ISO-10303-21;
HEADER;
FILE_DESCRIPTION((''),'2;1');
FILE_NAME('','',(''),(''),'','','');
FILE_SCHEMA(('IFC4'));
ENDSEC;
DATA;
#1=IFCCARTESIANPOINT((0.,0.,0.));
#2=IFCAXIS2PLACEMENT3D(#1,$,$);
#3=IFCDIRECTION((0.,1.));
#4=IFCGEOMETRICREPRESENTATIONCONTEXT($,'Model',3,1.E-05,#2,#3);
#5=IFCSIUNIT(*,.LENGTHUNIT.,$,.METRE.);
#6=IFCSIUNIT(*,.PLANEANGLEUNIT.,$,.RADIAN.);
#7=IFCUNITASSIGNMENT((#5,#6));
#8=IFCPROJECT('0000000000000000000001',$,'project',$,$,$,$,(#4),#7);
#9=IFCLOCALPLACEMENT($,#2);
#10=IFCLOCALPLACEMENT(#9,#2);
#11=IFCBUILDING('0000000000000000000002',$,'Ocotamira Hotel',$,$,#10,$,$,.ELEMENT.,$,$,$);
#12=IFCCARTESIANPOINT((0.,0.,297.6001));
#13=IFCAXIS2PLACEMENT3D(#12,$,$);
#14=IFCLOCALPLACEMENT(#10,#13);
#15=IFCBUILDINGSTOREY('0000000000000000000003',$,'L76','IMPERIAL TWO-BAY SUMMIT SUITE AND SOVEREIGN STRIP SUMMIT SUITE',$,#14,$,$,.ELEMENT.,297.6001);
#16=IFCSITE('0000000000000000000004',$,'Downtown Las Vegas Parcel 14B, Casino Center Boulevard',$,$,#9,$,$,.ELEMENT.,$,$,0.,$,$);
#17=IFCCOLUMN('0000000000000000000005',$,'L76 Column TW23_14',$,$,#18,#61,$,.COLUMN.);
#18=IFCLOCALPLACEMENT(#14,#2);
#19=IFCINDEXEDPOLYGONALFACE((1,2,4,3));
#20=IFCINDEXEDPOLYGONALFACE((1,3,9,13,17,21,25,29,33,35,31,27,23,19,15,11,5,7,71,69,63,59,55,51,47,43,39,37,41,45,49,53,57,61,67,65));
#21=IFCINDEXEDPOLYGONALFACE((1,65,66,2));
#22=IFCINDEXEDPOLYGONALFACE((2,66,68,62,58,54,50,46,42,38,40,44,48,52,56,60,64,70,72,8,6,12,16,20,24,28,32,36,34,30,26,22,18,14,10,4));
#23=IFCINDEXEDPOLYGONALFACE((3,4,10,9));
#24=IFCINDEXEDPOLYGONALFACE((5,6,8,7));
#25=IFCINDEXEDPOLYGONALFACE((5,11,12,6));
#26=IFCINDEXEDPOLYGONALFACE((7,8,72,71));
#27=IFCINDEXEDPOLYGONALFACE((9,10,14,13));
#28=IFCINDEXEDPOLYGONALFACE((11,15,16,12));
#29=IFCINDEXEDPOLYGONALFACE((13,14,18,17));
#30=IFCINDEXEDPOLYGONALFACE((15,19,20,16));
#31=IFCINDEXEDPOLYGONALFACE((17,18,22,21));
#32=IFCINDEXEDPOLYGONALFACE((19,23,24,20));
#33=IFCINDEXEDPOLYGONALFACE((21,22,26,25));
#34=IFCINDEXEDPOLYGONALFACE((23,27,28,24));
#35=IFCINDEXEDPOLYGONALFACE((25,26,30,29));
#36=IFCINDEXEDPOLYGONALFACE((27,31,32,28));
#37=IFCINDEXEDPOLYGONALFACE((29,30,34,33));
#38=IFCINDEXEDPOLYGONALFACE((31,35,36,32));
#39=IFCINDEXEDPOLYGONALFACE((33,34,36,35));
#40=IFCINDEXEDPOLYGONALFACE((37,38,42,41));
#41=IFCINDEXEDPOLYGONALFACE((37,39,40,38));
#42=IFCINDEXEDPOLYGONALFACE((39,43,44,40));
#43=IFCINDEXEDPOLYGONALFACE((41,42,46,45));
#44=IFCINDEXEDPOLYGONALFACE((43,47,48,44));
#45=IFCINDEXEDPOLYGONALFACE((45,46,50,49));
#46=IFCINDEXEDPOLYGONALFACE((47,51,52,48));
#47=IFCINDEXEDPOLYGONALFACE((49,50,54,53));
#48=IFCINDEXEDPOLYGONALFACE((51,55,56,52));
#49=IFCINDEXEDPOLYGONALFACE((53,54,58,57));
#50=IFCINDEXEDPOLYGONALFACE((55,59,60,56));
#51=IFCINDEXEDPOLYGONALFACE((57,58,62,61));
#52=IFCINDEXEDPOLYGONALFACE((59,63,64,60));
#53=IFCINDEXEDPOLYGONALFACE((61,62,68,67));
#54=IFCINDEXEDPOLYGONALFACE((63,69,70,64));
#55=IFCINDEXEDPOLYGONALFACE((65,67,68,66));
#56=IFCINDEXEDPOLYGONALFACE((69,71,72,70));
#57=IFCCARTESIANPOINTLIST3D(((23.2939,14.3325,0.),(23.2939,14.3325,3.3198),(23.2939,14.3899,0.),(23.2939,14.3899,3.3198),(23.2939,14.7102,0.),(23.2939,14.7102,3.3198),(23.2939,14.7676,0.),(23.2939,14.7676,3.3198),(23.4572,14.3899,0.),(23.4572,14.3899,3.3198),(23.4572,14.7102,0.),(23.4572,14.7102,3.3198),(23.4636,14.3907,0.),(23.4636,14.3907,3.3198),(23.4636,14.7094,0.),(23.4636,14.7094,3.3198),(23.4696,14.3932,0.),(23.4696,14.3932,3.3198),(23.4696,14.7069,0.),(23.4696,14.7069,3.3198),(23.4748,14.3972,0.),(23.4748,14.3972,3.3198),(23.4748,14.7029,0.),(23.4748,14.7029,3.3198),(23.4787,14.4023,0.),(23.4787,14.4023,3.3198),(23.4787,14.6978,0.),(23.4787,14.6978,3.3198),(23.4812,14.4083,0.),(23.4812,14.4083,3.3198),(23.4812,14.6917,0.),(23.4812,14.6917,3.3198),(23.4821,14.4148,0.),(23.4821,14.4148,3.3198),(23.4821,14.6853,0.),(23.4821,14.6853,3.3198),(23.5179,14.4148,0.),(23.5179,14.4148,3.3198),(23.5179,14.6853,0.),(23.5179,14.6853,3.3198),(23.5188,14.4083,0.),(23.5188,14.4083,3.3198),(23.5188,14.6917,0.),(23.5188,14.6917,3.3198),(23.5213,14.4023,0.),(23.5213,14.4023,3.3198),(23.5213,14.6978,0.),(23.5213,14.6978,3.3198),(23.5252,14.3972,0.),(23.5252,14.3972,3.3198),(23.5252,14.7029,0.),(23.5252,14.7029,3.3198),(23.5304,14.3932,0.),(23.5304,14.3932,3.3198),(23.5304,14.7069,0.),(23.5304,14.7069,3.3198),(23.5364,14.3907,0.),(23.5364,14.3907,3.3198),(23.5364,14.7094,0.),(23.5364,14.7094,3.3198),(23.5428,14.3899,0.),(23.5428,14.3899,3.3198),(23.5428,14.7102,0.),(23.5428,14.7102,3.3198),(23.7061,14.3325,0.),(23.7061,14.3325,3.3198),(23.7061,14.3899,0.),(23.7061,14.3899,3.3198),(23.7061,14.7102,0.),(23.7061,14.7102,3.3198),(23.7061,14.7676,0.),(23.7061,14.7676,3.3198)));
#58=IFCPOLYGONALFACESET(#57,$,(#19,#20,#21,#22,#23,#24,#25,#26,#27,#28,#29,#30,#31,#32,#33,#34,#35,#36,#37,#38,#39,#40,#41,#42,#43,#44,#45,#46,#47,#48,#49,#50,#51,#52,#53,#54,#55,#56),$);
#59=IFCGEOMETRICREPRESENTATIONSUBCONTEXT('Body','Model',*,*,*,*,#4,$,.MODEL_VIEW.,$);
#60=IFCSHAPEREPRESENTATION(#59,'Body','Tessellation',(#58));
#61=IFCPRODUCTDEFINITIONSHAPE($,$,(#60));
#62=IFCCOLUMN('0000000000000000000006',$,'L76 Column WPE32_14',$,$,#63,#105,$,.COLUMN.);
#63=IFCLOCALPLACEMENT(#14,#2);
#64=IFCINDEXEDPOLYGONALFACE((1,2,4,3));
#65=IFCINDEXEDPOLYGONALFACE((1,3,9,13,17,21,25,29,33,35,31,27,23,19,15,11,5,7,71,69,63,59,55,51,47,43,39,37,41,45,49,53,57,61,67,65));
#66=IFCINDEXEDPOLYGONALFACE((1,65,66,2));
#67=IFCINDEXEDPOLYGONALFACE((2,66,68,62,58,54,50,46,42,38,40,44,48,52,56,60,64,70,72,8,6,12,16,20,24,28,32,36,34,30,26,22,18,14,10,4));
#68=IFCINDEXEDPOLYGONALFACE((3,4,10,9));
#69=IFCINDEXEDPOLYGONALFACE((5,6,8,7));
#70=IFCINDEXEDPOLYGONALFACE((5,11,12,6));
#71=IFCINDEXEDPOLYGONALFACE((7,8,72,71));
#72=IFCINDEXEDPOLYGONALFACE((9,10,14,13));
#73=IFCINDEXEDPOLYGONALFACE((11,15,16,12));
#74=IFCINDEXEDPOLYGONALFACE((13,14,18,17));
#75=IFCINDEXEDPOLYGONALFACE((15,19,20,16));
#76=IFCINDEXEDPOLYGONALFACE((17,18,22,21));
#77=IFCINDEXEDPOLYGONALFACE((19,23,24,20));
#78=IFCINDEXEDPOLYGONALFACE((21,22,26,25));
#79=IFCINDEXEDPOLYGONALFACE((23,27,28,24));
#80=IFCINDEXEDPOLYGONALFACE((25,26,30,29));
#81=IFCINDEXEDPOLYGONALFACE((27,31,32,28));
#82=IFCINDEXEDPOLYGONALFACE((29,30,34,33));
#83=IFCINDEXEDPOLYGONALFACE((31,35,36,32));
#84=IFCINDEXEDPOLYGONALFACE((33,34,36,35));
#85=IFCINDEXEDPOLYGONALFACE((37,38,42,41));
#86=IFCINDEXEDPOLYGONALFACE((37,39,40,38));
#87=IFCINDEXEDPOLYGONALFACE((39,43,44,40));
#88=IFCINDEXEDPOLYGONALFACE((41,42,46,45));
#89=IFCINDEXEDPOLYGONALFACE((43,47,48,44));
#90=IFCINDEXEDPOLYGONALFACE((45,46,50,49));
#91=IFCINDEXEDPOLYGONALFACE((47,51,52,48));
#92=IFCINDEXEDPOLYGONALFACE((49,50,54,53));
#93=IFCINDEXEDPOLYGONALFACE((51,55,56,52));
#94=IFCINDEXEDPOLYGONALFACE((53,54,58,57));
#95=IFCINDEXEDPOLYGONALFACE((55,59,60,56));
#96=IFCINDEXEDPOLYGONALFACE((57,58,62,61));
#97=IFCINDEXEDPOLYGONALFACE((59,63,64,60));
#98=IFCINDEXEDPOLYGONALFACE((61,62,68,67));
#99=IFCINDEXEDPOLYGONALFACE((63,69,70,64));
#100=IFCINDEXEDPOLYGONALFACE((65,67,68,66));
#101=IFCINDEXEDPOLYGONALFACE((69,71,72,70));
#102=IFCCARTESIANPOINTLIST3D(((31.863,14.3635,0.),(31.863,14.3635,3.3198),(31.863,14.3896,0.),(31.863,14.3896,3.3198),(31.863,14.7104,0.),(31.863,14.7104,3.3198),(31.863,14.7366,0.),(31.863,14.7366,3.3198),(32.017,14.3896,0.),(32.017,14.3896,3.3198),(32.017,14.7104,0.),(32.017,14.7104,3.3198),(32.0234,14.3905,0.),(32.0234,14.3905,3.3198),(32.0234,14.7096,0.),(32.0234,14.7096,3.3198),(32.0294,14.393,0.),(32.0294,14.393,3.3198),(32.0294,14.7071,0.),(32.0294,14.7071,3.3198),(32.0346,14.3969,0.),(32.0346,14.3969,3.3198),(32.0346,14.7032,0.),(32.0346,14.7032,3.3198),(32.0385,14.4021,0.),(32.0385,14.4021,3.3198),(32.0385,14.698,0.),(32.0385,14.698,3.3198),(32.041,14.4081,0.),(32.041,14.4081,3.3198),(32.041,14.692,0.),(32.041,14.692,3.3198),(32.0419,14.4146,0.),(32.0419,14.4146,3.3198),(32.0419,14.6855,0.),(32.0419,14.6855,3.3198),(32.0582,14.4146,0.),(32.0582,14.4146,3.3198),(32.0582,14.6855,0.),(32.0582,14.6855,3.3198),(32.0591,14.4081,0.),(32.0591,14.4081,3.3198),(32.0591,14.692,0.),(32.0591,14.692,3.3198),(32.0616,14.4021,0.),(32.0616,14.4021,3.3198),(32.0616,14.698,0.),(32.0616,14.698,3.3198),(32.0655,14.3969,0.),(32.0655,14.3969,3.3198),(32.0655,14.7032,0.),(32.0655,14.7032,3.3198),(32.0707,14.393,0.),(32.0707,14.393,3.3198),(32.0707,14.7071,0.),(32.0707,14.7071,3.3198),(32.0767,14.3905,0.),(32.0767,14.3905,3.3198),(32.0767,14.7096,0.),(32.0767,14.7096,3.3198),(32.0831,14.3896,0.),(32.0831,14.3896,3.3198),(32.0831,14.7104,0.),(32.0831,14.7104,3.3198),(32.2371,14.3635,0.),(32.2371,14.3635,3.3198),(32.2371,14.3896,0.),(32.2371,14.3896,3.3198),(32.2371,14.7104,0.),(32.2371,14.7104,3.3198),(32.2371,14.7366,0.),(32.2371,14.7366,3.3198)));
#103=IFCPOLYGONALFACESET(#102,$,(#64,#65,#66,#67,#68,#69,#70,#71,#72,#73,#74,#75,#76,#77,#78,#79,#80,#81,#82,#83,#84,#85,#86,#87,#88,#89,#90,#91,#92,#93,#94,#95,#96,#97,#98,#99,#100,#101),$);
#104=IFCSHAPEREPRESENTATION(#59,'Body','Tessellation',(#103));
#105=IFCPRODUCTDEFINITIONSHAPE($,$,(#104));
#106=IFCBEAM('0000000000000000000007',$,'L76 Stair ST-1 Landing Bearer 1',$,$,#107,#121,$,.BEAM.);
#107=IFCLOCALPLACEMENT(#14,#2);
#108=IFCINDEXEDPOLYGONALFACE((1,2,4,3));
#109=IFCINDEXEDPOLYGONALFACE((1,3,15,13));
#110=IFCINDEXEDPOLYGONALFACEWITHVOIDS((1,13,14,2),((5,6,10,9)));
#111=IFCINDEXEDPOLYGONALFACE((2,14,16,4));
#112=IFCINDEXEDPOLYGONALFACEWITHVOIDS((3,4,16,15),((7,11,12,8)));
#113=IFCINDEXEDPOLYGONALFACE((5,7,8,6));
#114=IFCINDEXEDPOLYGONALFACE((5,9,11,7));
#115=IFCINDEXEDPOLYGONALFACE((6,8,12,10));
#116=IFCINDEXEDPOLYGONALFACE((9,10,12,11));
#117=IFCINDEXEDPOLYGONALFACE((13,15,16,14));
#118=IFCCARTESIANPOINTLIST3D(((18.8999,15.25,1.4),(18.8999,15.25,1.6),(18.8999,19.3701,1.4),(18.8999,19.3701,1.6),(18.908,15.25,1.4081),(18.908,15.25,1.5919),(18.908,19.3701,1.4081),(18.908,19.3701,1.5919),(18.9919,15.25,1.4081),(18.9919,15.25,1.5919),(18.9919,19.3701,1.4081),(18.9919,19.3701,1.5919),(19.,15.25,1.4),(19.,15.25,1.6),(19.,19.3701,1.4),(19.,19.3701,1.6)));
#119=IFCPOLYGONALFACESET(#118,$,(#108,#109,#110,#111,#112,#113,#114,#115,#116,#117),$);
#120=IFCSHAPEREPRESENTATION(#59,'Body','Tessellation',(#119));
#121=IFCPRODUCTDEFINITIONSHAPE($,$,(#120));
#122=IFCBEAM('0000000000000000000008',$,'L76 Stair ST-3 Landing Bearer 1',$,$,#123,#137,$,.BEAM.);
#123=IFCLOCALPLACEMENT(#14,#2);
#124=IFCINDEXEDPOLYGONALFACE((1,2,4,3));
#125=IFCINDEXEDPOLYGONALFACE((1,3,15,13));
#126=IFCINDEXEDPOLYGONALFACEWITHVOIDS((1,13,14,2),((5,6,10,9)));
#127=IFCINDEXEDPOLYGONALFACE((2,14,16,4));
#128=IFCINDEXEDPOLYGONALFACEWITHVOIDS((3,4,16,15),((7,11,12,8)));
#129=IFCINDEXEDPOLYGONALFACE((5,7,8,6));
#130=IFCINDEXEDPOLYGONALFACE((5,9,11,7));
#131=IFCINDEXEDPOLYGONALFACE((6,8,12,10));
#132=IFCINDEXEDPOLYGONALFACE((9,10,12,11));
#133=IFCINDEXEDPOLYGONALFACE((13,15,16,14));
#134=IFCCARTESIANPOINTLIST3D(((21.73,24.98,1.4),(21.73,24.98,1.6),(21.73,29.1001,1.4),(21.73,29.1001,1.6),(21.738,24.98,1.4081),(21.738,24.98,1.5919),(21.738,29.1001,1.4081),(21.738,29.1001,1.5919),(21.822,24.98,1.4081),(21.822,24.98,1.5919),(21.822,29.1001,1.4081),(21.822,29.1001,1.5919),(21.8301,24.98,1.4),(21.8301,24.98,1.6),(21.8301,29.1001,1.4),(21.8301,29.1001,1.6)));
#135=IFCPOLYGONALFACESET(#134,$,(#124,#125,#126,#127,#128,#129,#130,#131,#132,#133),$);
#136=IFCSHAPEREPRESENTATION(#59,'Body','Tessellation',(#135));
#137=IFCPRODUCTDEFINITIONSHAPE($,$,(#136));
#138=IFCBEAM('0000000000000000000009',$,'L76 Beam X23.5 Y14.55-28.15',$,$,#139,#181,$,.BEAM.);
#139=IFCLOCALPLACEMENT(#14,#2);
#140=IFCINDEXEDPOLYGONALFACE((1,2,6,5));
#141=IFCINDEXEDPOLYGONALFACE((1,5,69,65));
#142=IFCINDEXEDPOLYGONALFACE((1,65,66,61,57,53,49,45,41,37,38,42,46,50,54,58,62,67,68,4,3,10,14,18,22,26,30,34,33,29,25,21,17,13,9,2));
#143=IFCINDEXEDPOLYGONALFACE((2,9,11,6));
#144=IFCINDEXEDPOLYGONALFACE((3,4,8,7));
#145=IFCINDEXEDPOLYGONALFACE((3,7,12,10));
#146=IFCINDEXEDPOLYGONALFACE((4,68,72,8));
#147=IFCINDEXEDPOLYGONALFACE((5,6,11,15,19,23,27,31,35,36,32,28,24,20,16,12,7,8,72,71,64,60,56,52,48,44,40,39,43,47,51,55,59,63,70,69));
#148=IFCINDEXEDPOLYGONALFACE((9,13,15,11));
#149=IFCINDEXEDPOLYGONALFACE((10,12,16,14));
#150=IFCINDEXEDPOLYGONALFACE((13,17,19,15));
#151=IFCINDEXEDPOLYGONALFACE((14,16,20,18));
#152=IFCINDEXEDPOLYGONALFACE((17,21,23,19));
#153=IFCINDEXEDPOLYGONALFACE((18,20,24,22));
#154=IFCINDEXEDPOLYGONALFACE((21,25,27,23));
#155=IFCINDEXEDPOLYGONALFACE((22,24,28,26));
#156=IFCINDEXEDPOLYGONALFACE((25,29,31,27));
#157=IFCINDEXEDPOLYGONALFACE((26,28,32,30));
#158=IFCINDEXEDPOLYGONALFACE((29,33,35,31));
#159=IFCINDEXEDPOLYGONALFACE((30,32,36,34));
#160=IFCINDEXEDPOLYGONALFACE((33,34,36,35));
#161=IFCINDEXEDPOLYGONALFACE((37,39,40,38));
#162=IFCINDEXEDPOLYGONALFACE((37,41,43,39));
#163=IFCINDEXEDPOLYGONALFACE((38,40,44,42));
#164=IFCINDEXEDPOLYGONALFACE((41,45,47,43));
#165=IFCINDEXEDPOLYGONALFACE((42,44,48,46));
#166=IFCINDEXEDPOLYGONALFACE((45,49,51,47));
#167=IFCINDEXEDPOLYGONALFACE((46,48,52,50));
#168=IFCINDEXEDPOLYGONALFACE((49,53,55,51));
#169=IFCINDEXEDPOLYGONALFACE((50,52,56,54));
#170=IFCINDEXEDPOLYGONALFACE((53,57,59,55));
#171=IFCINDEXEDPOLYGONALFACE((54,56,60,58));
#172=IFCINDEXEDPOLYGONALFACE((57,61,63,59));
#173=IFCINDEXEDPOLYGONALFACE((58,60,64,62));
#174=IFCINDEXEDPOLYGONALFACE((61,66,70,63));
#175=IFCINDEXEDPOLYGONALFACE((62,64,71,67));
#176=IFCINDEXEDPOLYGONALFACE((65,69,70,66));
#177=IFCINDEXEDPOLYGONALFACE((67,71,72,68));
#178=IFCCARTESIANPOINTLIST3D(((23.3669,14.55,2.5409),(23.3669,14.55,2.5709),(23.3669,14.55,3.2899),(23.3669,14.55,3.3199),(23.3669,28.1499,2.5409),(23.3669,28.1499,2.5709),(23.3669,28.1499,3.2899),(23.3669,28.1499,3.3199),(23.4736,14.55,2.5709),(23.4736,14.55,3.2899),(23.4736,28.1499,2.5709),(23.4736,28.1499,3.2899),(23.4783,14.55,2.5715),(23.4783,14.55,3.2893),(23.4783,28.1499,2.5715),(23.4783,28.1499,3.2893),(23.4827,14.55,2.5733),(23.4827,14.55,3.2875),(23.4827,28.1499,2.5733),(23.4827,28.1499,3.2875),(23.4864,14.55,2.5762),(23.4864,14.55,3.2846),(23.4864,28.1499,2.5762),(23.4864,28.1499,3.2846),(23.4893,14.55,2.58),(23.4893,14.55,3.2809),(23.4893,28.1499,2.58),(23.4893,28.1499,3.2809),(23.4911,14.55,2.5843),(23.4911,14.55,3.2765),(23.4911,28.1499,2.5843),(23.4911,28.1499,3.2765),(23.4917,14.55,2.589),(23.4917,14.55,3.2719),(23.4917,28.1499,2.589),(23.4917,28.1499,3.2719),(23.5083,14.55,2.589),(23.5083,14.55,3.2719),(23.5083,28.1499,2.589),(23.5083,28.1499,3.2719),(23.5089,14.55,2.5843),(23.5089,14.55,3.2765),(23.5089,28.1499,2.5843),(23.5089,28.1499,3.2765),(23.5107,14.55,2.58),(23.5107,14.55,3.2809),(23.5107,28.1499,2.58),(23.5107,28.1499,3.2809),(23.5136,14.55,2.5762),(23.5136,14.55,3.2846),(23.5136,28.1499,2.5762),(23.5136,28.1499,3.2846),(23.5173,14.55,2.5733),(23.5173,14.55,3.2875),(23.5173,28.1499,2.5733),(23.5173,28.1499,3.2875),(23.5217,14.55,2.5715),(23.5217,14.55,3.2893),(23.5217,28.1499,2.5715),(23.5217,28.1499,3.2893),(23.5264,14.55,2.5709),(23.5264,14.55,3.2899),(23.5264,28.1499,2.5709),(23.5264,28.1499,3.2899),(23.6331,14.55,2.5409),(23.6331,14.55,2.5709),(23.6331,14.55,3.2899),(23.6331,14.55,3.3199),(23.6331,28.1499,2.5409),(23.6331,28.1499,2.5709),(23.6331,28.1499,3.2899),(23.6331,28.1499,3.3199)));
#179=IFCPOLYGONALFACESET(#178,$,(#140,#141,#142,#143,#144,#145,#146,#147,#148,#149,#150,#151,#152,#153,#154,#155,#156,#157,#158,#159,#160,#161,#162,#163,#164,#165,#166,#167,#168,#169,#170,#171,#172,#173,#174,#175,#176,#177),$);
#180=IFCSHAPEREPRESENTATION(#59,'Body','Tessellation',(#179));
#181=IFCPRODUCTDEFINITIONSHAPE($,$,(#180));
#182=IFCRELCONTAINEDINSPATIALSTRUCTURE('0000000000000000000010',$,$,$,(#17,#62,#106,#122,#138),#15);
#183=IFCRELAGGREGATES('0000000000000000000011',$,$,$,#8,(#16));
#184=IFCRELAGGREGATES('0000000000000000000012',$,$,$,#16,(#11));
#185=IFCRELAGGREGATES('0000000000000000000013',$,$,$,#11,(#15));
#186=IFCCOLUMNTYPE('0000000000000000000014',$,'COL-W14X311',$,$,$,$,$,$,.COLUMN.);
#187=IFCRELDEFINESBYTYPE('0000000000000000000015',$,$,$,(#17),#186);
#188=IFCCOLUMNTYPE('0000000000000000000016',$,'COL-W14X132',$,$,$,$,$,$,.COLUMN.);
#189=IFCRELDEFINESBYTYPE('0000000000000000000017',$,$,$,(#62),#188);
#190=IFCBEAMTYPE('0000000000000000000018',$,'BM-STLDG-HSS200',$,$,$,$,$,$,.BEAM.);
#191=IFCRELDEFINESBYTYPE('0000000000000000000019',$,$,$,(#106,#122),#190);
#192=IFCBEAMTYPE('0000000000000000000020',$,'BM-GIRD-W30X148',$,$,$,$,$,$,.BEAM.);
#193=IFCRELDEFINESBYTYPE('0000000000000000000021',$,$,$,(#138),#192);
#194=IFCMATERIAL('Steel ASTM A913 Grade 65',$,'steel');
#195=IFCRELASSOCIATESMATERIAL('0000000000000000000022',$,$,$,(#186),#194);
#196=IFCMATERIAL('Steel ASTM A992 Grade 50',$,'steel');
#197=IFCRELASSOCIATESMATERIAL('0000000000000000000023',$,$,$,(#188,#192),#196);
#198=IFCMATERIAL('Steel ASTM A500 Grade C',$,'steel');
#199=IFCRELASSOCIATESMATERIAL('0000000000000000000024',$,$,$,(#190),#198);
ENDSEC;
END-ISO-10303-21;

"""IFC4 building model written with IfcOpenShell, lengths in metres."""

from ifc_helpers import new_model, si_unit, direction, frame, origin, origin_2d, place, context, subcontext, project, spatial, hollow_rectangle, i_section, extrude, source, transform, mapped, material, material_profile, profile_set, type_object, element, save


model = new_model("IFC4")

# Units and contexts
model_context = context("Model", 3, precision=1e-05, world=origin(), true_north=direction((0.0, 1.0)))
body_context = subcontext(model_context, "Body", "Model", "MODEL_VIEW")
ifc_project = project(units=[si_unit("LENGTHUNIT", "METRE"), si_unit("PLANEANGLEUNIT", "RADIAN")], contexts=[model_context])

# Site, building, storey
site_placement = place(None, origin())
site = spatial("IfcSite", under=ifc_project, at=site_placement, Name="Downtown Las Vegas Parcel 14B, Casino Center Boulevard", CompositionType="ELEMENT", RefElevation=0.0)
building_placement = place(site_placement, origin())
building = spatial("IfcBuilding", under=site, at=building_placement, Name="Ocotamira Hotel", CompositionType="ELEMENT")
storey_placement = place(building_placement, frame((0.0, 0.0, 297.6001)))
storey = spatial("IfcBuildingStorey", under=building, at=storey_placement, Name="L76", Description="IMPERIAL TWO-BAY SUMMIT SUITE AND SOVEREIGN STRIP SUMMIT SUITE", CompositionType="ELEMENT", Elevation=297.6001)

# Columns
ifc_material_1 = material(Name="Steel ASTM A913 Grade 65", Category="steel")
ifc_material_profile_1 = material_profile(ifc_material_1, i_section(OverallWidth=0.4121, OverallDepth=0.4351, WebThickness=0.0359, FlangeThickness=0.0574, FilletRadius=0.0249, at=origin_2d()), Name="W14X311")
ifc_profile_set_1 = profile_set([ifc_material_profile_1], Name="Steel ASTM A913 Grade 65")
column_type_1 = type_object("IfcColumnType", Name="COL-W14X311", PredefinedType="COLUMN", material=ifc_profile_set_1)
shared_shape_1 = source(origin(), body_context, "Body", "SweptSolid", [
    extrude(i_section(OverallWidth=0.4121, OverallDepth=0.4351, WebThickness=0.0359, FlangeThickness=0.0574, FilletRadius=0.0249, at=origin_2d()), origin(), (0.0, 0.0, 1.0), 3.3198),
])
column_1_placement = place(storey_placement, frame((23.5, 14.55, 0.0), z_axis=(0.0, 0.0, 1.0), x_axis=(1.0, 0.0, 0.0)))
element("IfcColumn", 1, at=column_1_placement, inside=storey, type_object=column_type_1, Name="L76 Column TW23_14", PredefinedType="COLUMN", context=body_context, shape_type="MappedRepresentation", body=[
    mapped(shared_shape_1, transform((0.0, 0.0, 0.0), scale=1.0)),
])
ifc_material_2 = material(Name="Steel ASTM A992 Grade 50", Category="steel")
ifc_material_profile_2 = material_profile(ifc_material_2, i_section(OverallWidth=0.374, OverallDepth=0.373, WebThickness=0.0164, FlangeThickness=0.0261, FilletRadius=0.0249, at=origin_2d()), Name="W14X132")
ifc_profile_set_2 = profile_set([ifc_material_profile_2], Name="Steel ASTM A992 Grade 50")
column_type_2 = type_object("IfcColumnType", Name="COL-W14X132", PredefinedType="COLUMN", material=ifc_profile_set_2)
shared_shape_2 = source(origin(), body_context, "Body", "SweptSolid", [
    extrude(i_section(OverallWidth=0.374, OverallDepth=0.373, WebThickness=0.0164, FlangeThickness=0.0261, FilletRadius=0.0249, at=origin_2d()), origin(), (0.0, 0.0, 1.0), 3.3198),
])
column_2_placement = place(storey_placement, frame((32.05, 14.55, 0.0), z_axis=(0.0, 0.0, 1.0), x_axis=(1.0, 0.0, 0.0)))
element("IfcColumn", 2, at=column_2_placement, inside=storey, type_object=column_type_2, Name="L76 Column WPE32_14", PredefinedType="COLUMN", context=body_context, shape_type="MappedRepresentation", body=[
    mapped(shared_shape_2, transform((0.0, 0.0, 0.0), scale=1.0)),
])

# Beams
ifc_material_3 = material(Name="Steel ASTM A500 Grade C", Category="steel")
ifc_material_profile_3 = material_profile(ifc_material_3, hollow_rectangle(XDim=0.1001, YDim=0.2, WallThickness=0.0081, at=origin_2d()), Name="HSS200X100X8")
ifc_profile_set_3 = profile_set([ifc_material_profile_3], Name="Steel ASTM A500 Grade C")
beam_type_1 = type_object("IfcBeamType", Name="BM-STLDG-HSS200", PredefinedType="BEAM", material=ifc_profile_set_3)
shared_shape_3 = source(origin(), body_context, "Body", "SweptSolid", [
    extrude(hollow_rectangle(XDim=0.1001, YDim=0.2, WallThickness=0.0081, at=origin_2d()), origin(), (0.0, 0.0, 1.0), 4.1201),
])
for number, where, z_axis, x_axis, name in (
    (3, (18.95, 15.25, 1.5), (0.0, 1.0, 0.0), (-1.0, 0.0, 0.0), "L76 Stair ST-1 Landing Bearer 1"),
    (4, (21.78, 24.98, 1.5), (0.0, 1.0, 0.0), (-1.0, 0.0, 0.0), "L76 Stair ST-3 Landing Bearer 1"),
):
    element("IfcBeam", number, at=place(storey_placement, frame(where, z_axis=z_axis, x_axis=x_axis)), inside=storey, type_object=beam_type_1, Name=name, PredefinedType="BEAM", context=body_context, shape_type="MappedRepresentation", body=[
        mapped(shared_shape_3, transform((0.0, 0.0, 0.0), scale=1.0)),
    ])
ifc_material_profile_4 = material_profile(ifc_material_2, i_section(OverallWidth=0.2661, OverallDepth=0.7791, WebThickness=0.0166, FlangeThickness=0.03, FilletRadius=0.0181, at=origin_2d()), Name="W30X148")
ifc_profile_set_4 = profile_set([ifc_material_profile_4], Name="Steel ASTM A992 Grade 50")
beam_type_2 = type_object("IfcBeamType", Name="BM-GIRD-W30X148", PredefinedType="BEAM", material=ifc_profile_set_4)
shared_shape_4 = source(origin(), body_context, "Body", "SweptSolid", [
    extrude(i_section(OverallWidth=0.2661, OverallDepth=0.7791, WebThickness=0.0166, FlangeThickness=0.03, FilletRadius=0.0181, at=origin_2d()), origin(), (0.0, 0.0, 1.0), 13.5999),
])
for number, where, z_axis, x_axis, name in (
    (5, (23.5, 14.55, 2.9304), (0.0, 1.0, 0.0), (-1.0, 0.0, 0.0), "L76 Beam X23.5 Y14.55-28.15"),
):
    element("IfcBeam", number, at=place(storey_placement, frame(where, z_axis=z_axis, x_axis=x_axis)), inside=storey, type_object=beam_type_2, Name=name, PredefinedType="BEAM", context=body_context, shape_type="MappedRepresentation", body=[
        mapped(shared_shape_4, transform((0.0, 0.0, 0.0), scale=1.0)),
    ])

save(model, "model.ifc")
